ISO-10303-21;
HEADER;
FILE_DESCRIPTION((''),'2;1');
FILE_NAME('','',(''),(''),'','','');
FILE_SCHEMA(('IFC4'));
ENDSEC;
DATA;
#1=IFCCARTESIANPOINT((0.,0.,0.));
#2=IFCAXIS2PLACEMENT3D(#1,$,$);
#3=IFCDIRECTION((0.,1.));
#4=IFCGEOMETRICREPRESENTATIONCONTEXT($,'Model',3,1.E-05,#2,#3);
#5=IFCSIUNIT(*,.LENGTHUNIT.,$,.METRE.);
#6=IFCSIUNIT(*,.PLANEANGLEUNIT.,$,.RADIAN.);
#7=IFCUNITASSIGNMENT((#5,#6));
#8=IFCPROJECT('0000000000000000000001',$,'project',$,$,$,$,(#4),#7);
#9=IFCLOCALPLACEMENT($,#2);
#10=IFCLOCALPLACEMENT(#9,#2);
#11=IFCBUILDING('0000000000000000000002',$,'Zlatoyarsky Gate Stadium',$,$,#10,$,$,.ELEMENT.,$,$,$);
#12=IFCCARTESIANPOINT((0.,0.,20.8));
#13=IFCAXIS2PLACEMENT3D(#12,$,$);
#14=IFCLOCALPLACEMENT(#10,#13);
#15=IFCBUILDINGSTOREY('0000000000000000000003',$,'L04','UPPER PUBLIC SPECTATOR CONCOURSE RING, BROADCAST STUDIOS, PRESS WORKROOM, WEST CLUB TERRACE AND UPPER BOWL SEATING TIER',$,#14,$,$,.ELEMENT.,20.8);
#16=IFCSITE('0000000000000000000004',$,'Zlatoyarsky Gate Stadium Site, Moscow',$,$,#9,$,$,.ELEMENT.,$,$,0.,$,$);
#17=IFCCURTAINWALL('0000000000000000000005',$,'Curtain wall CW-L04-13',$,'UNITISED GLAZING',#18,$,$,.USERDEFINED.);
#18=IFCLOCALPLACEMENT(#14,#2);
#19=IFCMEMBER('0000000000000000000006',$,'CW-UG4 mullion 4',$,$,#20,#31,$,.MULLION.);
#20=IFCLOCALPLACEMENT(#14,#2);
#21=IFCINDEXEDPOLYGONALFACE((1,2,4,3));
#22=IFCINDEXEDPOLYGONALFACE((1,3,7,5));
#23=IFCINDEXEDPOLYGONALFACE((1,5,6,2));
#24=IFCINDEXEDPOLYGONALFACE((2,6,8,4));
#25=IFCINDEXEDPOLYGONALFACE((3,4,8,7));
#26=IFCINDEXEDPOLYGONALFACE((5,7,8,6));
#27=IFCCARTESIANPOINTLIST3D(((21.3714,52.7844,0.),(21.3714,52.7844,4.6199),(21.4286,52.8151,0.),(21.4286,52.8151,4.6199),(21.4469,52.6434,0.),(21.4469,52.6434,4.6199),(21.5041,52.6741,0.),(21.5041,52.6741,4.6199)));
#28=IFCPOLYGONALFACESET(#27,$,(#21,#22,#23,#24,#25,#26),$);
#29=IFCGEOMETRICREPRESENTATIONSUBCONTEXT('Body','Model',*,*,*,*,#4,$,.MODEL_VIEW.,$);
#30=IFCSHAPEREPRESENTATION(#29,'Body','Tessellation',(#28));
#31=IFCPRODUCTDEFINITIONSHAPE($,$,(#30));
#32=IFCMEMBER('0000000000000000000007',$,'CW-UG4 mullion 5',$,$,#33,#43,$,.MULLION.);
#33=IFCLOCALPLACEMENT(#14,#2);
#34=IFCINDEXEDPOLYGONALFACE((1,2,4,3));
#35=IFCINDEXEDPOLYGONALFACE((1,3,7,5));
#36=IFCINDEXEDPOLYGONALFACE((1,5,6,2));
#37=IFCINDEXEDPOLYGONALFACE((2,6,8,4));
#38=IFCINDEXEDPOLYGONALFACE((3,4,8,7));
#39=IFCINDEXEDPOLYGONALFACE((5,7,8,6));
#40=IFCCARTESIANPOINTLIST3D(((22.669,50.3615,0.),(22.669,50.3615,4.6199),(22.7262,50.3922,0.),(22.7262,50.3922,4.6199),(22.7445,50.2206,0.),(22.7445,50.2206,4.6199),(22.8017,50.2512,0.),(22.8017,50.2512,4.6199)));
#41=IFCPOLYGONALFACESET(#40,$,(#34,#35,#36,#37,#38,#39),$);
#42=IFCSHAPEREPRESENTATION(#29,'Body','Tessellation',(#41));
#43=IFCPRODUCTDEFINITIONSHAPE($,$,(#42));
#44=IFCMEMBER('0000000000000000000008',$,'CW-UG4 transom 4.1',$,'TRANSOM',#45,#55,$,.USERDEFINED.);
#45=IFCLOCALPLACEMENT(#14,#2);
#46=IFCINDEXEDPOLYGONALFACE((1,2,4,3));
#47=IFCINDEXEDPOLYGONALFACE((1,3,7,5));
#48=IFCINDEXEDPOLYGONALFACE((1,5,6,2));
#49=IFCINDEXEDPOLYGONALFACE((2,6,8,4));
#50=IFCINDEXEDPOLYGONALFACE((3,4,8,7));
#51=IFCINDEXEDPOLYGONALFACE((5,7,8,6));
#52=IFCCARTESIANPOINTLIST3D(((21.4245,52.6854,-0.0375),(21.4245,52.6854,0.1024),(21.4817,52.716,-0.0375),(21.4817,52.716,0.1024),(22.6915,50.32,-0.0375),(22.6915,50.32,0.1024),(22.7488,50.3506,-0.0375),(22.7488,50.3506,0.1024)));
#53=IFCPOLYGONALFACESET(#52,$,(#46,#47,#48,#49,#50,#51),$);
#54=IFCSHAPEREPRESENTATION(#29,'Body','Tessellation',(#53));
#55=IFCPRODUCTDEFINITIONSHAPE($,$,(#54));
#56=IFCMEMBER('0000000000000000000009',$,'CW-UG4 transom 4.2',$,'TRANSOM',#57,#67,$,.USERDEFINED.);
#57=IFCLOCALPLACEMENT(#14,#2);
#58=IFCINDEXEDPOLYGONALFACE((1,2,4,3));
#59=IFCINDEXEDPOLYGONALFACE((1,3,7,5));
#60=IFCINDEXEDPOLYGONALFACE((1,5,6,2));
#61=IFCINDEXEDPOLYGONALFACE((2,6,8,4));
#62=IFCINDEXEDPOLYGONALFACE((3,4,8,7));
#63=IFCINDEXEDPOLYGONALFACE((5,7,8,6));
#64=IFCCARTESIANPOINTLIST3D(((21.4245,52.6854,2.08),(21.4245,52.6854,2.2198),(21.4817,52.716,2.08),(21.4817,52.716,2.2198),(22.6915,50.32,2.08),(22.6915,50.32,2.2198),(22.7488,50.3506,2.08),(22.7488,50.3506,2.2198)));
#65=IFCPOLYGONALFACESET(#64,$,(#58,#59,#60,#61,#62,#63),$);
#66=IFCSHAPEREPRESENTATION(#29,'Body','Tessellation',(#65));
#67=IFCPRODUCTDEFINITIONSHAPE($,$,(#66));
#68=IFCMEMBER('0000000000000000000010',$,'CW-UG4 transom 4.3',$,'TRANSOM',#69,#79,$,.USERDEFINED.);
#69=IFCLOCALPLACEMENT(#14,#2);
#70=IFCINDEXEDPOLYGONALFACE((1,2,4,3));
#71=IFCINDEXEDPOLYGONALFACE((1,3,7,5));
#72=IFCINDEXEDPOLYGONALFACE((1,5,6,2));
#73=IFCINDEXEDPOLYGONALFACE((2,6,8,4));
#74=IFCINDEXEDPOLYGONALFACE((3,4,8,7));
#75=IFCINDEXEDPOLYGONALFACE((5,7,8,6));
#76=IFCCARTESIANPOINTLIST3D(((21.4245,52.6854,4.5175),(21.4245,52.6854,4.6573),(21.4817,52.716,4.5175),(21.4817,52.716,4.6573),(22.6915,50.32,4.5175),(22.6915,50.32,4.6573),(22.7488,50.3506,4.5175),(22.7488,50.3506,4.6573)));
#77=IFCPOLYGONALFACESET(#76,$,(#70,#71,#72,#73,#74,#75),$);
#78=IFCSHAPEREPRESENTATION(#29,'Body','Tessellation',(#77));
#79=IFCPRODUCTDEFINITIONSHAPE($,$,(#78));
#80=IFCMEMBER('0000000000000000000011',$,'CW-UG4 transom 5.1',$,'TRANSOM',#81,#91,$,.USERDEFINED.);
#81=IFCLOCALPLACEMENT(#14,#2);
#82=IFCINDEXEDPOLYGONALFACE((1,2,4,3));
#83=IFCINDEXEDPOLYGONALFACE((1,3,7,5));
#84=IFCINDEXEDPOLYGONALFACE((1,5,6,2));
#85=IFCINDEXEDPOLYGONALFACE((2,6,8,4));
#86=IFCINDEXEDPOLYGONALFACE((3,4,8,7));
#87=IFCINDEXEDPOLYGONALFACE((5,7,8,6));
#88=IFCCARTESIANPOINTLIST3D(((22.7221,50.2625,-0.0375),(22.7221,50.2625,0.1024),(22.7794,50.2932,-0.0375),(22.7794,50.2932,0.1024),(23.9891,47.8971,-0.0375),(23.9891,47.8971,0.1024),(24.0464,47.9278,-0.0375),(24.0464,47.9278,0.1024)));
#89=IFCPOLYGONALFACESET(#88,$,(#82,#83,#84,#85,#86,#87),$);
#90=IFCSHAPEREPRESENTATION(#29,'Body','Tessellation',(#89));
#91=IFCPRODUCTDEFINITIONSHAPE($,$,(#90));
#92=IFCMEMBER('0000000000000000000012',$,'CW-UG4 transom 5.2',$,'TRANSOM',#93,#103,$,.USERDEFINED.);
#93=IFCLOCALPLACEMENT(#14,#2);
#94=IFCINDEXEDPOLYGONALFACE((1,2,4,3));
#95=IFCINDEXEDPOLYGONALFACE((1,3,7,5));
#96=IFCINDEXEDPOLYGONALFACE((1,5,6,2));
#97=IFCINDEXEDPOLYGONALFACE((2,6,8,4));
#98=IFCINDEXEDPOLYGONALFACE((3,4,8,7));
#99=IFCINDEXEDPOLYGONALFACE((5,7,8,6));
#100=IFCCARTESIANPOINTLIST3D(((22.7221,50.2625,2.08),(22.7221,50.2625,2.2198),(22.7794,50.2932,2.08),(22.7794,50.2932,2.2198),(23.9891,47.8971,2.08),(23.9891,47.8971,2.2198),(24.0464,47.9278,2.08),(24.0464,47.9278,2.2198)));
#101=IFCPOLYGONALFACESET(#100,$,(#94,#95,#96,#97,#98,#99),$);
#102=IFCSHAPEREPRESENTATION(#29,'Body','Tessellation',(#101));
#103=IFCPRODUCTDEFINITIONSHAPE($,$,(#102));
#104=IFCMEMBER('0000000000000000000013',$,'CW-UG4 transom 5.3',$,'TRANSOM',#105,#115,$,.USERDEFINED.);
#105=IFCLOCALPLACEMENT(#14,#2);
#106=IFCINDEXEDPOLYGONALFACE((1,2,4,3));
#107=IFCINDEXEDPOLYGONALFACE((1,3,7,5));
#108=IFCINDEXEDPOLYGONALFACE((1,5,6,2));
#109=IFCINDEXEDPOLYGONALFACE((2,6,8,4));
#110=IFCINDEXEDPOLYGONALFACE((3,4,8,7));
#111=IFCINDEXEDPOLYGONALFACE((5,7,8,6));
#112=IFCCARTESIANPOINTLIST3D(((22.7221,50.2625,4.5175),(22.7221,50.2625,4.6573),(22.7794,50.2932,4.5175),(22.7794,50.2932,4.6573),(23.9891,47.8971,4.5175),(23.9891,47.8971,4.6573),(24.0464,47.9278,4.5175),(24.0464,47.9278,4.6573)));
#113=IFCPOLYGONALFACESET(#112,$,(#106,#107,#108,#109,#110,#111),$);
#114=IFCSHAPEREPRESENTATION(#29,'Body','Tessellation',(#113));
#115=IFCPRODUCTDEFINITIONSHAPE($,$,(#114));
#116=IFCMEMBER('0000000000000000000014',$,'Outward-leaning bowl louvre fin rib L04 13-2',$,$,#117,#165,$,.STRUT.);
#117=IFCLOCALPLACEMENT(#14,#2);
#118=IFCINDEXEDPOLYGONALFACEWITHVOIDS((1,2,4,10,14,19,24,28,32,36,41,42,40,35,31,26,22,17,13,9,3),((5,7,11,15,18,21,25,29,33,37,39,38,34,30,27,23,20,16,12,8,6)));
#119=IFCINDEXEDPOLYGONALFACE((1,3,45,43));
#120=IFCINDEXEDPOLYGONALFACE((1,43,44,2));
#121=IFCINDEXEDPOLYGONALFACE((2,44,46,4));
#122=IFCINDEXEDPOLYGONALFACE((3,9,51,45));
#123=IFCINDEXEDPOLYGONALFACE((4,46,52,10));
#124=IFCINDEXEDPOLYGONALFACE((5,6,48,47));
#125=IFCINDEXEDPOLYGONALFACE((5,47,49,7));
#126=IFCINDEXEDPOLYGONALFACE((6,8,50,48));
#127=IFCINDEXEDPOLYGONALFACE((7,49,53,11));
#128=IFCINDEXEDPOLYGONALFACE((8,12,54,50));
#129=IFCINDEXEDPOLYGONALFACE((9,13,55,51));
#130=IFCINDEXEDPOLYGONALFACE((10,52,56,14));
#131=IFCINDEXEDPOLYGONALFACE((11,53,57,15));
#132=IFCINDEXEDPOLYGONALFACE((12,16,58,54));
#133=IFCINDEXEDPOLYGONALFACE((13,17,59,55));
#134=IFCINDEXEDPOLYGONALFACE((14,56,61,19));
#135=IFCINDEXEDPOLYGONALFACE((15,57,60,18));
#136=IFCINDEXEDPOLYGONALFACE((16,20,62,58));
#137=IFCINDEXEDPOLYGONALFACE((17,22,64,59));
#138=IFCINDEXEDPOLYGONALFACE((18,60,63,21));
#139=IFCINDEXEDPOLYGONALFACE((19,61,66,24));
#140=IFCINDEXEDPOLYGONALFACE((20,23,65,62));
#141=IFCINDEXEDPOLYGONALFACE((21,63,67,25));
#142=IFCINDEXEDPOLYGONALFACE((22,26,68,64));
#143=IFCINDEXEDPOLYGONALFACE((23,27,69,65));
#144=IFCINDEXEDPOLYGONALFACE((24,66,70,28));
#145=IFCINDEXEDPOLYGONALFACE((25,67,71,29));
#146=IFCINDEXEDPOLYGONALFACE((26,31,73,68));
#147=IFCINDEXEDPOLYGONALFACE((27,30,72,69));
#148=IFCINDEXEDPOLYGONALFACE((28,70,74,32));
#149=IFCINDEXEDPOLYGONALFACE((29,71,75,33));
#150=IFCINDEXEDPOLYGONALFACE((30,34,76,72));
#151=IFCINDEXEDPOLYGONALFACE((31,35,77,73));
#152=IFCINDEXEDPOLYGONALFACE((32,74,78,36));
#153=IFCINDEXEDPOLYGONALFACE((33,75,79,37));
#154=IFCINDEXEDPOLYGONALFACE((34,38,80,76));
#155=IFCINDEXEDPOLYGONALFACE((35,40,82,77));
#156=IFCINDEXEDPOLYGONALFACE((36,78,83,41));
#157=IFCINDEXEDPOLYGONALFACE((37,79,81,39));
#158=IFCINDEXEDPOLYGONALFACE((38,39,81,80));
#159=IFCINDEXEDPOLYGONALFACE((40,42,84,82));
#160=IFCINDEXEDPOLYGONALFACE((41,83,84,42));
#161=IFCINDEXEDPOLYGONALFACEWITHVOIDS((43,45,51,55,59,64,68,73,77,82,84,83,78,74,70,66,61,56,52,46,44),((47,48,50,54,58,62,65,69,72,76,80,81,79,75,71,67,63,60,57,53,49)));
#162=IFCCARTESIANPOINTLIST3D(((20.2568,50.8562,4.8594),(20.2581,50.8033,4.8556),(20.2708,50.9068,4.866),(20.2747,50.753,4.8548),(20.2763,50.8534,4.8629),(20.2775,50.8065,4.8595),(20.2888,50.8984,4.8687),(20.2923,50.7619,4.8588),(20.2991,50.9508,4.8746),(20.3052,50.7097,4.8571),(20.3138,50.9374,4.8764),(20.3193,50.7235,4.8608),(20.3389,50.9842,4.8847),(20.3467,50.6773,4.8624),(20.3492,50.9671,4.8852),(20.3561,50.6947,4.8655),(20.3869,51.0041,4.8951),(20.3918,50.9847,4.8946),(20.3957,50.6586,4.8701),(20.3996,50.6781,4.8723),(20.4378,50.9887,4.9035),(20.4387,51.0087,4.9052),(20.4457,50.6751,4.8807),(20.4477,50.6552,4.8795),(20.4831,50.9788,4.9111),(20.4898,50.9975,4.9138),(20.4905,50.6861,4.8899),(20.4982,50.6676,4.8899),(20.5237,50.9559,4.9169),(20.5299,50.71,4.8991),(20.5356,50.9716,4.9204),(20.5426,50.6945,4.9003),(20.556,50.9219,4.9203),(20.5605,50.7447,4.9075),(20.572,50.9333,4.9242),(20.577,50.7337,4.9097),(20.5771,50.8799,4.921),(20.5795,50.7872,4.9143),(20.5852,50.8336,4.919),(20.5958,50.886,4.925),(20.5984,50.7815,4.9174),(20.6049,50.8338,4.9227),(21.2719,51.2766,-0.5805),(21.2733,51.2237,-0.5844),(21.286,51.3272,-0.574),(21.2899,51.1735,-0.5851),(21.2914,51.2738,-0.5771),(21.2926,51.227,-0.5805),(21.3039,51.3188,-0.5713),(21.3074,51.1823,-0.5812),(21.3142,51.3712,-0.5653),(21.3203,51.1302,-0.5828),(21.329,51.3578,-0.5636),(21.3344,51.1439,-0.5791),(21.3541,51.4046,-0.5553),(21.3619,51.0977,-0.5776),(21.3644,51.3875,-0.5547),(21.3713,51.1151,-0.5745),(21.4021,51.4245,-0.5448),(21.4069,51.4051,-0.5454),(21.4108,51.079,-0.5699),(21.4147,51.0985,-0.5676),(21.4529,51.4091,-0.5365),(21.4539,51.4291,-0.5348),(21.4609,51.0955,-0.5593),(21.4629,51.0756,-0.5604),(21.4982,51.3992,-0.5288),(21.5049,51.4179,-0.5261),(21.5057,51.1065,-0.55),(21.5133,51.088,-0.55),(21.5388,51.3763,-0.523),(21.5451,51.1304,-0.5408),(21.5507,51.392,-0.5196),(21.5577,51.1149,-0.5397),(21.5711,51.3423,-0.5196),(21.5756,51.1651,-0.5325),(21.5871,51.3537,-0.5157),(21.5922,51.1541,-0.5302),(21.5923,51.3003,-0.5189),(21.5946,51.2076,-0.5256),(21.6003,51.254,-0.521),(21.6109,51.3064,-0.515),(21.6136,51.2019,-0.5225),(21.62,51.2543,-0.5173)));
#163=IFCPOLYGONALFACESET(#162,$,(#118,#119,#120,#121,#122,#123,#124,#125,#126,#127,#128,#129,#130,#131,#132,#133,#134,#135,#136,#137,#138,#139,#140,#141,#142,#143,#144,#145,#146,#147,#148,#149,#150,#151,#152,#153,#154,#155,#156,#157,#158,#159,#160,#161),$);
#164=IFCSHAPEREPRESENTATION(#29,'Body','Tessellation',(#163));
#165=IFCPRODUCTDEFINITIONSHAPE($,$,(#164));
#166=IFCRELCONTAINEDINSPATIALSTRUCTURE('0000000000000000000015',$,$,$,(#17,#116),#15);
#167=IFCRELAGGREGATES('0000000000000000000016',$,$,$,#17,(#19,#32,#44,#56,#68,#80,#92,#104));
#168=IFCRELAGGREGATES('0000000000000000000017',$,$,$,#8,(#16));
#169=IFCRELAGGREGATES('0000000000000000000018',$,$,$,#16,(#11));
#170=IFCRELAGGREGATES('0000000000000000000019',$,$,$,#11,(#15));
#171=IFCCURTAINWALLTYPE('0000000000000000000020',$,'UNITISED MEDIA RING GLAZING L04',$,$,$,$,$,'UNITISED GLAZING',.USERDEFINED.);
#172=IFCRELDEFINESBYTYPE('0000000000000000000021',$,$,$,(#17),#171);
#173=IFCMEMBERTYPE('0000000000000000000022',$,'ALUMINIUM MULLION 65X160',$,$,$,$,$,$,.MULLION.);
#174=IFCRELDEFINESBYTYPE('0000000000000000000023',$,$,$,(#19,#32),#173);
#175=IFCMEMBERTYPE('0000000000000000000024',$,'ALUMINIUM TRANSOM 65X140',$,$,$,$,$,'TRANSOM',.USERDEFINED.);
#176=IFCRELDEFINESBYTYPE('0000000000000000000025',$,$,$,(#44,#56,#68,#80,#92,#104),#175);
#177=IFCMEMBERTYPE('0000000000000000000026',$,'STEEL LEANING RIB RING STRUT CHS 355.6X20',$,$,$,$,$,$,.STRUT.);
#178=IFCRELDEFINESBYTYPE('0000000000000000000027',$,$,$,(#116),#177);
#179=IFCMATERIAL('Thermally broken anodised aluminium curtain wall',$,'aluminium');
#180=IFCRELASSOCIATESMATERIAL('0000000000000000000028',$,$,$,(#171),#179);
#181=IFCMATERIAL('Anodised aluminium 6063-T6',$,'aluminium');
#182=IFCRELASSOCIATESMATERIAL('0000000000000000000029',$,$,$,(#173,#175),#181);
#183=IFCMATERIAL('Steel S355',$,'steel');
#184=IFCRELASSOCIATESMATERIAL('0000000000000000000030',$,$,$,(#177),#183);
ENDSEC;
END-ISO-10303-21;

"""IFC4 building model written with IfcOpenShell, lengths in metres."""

from ifc_helpers import new_model, si_unit, direction, frame, origin, origin_2d, place, context, subcontext, project, spatial, rectangle, hollow_circle, extrude, material, material_profile, profile_set, type_object, element, aggregate, save


model = new_model("IFC4")

# Units and contexts
model_context = context("Model", 3, precision=1e-05, world=origin(), true_north=direction((0.0, 1.0)))
body_context = subcontext(model_context, "Body", "Model", "MODEL_VIEW")
ifc_project = project(units=[si_unit("LENGTHUNIT", "METRE"), si_unit("PLANEANGLEUNIT", "RADIAN")], contexts=[model_context])

# Site, building, storey
site_placement = place(None, origin())
site = spatial("IfcSite", under=ifc_project, at=site_placement, Name="Zlatoyarsky Gate Stadium Site, Moscow", CompositionType="ELEMENT", RefElevation=0.0)
building_placement = place(site_placement, origin())
building = spatial("IfcBuilding", under=site, at=building_placement, Name="Zlatoyarsky Gate Stadium", CompositionType="ELEMENT")
storey_placement = place(building_placement, frame((0.0, 0.0, 20.8)))
storey = spatial("IfcBuildingStorey", under=building, at=storey_placement, Name="L04", Description="UPPER PUBLIC SPECTATOR CONCOURSE RING, BROADCAST STUDIOS, PRESS WORKROOM, WEST CLUB TERRACE AND UPPER BOWL SEATING TIER", CompositionType="ELEMENT", Elevation=20.8)

# Curtain wall, members
ifc_material_1 = material(Name="Thermally broken anodised aluminium curtain wall", Category="aluminium")
curtain_wall_type = type_object("IfcCurtainWallType", Name="UNITISED MEDIA RING GLAZING L04", ElementType="UNITISED GLAZING", PredefinedType="USERDEFINED", material=ifc_material_1)
curtain_wall_placement = place(storey_placement, origin())
curtain_wall = element("IfcCurtainWall", 1, at=curtain_wall_placement, inside=storey, type_object=curtain_wall_type, Name="Curtain wall CW-L04-13", ObjectType="UNITISED GLAZING", PredefinedType="USERDEFINED")
ifc_material_2 = material(Name="Anodised aluminium 6063-T6", Category="aluminium")
ifc_material_profile_1 = material_profile(ifc_material_2, rectangle(XDim=0.0649, YDim=0.1599, at=origin_2d()), Name="ALU 65X160")
ifc_profile_set_1 = profile_set([ifc_material_profile_1], Name="Anodised aluminium 6063-T6")
member_type_1 = type_object("IfcMemberType", Name="ALUMINIUM MULLION 65X160", PredefinedType="MULLION", material=ifc_profile_set_1)
member_1_placement = place(storey_placement, frame((21.4377, 52.7292, 0.0), z_axis=(0.0, 0.0, 1.0), x_axis=(0.881521, 0.472145, 0.0)))
member_1 = element("IfcMember", 2, at=member_1_placement, type_object=member_type_1, Name="CW-UG4 mullion 4", PredefinedType="MULLION", context=body_context, shape_type="SweptSolid", body=[
    extrude(rectangle(XDim=0.0649, YDim=0.1599, at=origin_2d()), origin(), (0.0, 0.0, 1.0), 4.6199),
])
member_2_placement = place(storey_placement, frame((22.7354, 50.3064, 0.0), z_axis=(0.0, 0.0, 1.0), x_axis=(0.881521, 0.472145, 0.0)))
member_2 = element("IfcMember", 3, at=member_2_placement, type_object=member_type_1, Name="CW-UG4 mullion 5", PredefinedType="MULLION", context=body_context, shape_type="SweptSolid", body=[
    extrude(rectangle(XDim=0.0649, YDim=0.1599, at=origin_2d()), origin(), (0.0, 0.0, 1.0), 4.6199),
])
ifc_material_profile_2 = material_profile(ifc_material_2, rectangle(XDim=0.0649, YDim=0.1399, at=origin_2d()), Name="ALU 65X140")
ifc_profile_set_2 = profile_set([ifc_material_profile_2], Name="Anodised aluminium 6063-T6")
member_type_2 = type_object("IfcMemberType", Name="ALUMINIUM TRANSOM 65X140", ElementType="TRANSOM", PredefinedType="USERDEFINED", material=ifc_profile_set_2)
member_3_placement = place(storey_placement, frame((21.4531, 52.7007, 0.0325), z_axis=(0.472184, -0.8815, 0.0), x_axis=(0.8815, 0.472184, 0.0)))
member_3 = element("IfcMember", 4, at=member_3_placement, type_object=member_type_2, Name="CW-UG4 transom 4.1", ObjectType="TRANSOM", PredefinedType="USERDEFINED", context=body_context, shape_type="SweptSolid", body=[
    extrude(rectangle(XDim=0.0649, YDim=0.1399, at=origin_2d()), origin(), (0.0, 0.0, 1.0), 2.6833),
])
member_4_placement = place(storey_placement, frame((21.4531, 52.7007, 2.1499), z_axis=(0.472184, -0.8815, 0.0), x_axis=(0.8815, 0.472184, 0.0)))
member_4 = element("IfcMember", 5, at=member_4_placement, type_object=member_type_2, Name="CW-UG4 transom 4.2", ObjectType="TRANSOM", PredefinedType="USERDEFINED", context=body_context, shape_type="SweptSolid", body=[
    extrude(rectangle(XDim=0.0649, YDim=0.1399, at=origin_2d()), origin(), (0.0, 0.0, 1.0), 2.6833),
])
member_5_placement = place(storey_placement, frame((21.4531, 52.7007, 4.5874), z_axis=(0.472184, -0.8815, 0.0), x_axis=(0.8815, 0.472184, 0.0)))
member_5 = element("IfcMember", 6, at=member_5_placement, type_object=member_type_2, Name="CW-UG4 transom 4.3", ObjectType="TRANSOM", PredefinedType="USERDEFINED", context=body_context, shape_type="SweptSolid", body=[
    extrude(rectangle(XDim=0.0649, YDim=0.1399, at=origin_2d()), origin(), (0.0, 0.0, 1.0), 2.6833),
])
member_6_placement = place(storey_placement, frame((22.7507, 50.2778, 0.0325), z_axis=(0.472184, -0.8815, 0.0), x_axis=(0.8815, 0.472184, 0.0)))
member_6 = element("IfcMember", 7, at=member_6_placement, type_object=member_type_2, Name="CW-UG4 transom 5.1", ObjectType="TRANSOM", PredefinedType="USERDEFINED", context=body_context, shape_type="SweptSolid", body=[
    extrude(rectangle(XDim=0.0649, YDim=0.1399, at=origin_2d()), origin(), (0.0, 0.0, 1.0), 2.6833),
])
member_7_placement = place(storey_placement, frame((22.7507, 50.2778, 2.1499), z_axis=(0.472184, -0.8815, 0.0), x_axis=(0.8815, 0.472184, 0.0)))
member_7 = element("IfcMember", 8, at=member_7_placement, type_object=member_type_2, Name="CW-UG4 transom 5.2", ObjectType="TRANSOM", PredefinedType="USERDEFINED", context=body_context, shape_type="SweptSolid", body=[
    extrude(rectangle(XDim=0.0649, YDim=0.1399, at=origin_2d()), origin(), (0.0, 0.0, 1.0), 2.6833),
])
member_8_placement = place(storey_placement, frame((22.7507, 50.2778, 4.5874), z_axis=(0.472184, -0.8815, 0.0), x_axis=(0.8815, 0.472184, 0.0)))
member_8 = element("IfcMember", 9, at=member_8_placement, type_object=member_type_2, Name="CW-UG4 transom 5.3", ObjectType="TRANSOM", PredefinedType="USERDEFINED", context=body_context, shape_type="SweptSolid", body=[
    extrude(rectangle(XDim=0.0649, YDim=0.1399, at=origin_2d()), origin(), (0.0, 0.0, 1.0), 2.6833),
])

# Member
ifc_material_3 = material(Name="Steel S355", Category="steel")
ifc_material_profile_3 = material_profile(ifc_material_3, hollow_circle(Radius=0.1777, WallThickness=0.02, at=origin_2d()), Name="CHS 355.6X20")
ifc_profile_set_3 = profile_set([ifc_material_profile_3], Name="Steel S355")
member_type_3 = type_object("IfcMemberType", Name="STEEL LEANING RIB RING STRUT CHS 355.6X20", PredefinedType="STRUT", material=ifc_profile_set_3)
member_9_placement = place(storey_placement, frame((21.4453, 51.2522, -0.55), z_axis=(-0.182914, -0.075752, 0.980206), x_axis=(0.382627, -0.923903, 0.0)))
element("IfcMember", 10, at=member_9_placement, inside=storey, type_object=member_type_3, Name="Outward-leaning bowl louvre fin rib L04 13-2", PredefinedType="STRUT", context=body_context, shape_type="SweptSolid", body=[
    extrude(hollow_circle(Radius=0.1777, WallThickness=0.02, at=origin_2d()), origin(), (0.0, 0.0, 1.0), 5.5498),
])

aggregate(curtain_wall, [member_1, member_2, member_3, member_4, member_5, member_6, member_7, member_8])

save(model, "model.ifc")
